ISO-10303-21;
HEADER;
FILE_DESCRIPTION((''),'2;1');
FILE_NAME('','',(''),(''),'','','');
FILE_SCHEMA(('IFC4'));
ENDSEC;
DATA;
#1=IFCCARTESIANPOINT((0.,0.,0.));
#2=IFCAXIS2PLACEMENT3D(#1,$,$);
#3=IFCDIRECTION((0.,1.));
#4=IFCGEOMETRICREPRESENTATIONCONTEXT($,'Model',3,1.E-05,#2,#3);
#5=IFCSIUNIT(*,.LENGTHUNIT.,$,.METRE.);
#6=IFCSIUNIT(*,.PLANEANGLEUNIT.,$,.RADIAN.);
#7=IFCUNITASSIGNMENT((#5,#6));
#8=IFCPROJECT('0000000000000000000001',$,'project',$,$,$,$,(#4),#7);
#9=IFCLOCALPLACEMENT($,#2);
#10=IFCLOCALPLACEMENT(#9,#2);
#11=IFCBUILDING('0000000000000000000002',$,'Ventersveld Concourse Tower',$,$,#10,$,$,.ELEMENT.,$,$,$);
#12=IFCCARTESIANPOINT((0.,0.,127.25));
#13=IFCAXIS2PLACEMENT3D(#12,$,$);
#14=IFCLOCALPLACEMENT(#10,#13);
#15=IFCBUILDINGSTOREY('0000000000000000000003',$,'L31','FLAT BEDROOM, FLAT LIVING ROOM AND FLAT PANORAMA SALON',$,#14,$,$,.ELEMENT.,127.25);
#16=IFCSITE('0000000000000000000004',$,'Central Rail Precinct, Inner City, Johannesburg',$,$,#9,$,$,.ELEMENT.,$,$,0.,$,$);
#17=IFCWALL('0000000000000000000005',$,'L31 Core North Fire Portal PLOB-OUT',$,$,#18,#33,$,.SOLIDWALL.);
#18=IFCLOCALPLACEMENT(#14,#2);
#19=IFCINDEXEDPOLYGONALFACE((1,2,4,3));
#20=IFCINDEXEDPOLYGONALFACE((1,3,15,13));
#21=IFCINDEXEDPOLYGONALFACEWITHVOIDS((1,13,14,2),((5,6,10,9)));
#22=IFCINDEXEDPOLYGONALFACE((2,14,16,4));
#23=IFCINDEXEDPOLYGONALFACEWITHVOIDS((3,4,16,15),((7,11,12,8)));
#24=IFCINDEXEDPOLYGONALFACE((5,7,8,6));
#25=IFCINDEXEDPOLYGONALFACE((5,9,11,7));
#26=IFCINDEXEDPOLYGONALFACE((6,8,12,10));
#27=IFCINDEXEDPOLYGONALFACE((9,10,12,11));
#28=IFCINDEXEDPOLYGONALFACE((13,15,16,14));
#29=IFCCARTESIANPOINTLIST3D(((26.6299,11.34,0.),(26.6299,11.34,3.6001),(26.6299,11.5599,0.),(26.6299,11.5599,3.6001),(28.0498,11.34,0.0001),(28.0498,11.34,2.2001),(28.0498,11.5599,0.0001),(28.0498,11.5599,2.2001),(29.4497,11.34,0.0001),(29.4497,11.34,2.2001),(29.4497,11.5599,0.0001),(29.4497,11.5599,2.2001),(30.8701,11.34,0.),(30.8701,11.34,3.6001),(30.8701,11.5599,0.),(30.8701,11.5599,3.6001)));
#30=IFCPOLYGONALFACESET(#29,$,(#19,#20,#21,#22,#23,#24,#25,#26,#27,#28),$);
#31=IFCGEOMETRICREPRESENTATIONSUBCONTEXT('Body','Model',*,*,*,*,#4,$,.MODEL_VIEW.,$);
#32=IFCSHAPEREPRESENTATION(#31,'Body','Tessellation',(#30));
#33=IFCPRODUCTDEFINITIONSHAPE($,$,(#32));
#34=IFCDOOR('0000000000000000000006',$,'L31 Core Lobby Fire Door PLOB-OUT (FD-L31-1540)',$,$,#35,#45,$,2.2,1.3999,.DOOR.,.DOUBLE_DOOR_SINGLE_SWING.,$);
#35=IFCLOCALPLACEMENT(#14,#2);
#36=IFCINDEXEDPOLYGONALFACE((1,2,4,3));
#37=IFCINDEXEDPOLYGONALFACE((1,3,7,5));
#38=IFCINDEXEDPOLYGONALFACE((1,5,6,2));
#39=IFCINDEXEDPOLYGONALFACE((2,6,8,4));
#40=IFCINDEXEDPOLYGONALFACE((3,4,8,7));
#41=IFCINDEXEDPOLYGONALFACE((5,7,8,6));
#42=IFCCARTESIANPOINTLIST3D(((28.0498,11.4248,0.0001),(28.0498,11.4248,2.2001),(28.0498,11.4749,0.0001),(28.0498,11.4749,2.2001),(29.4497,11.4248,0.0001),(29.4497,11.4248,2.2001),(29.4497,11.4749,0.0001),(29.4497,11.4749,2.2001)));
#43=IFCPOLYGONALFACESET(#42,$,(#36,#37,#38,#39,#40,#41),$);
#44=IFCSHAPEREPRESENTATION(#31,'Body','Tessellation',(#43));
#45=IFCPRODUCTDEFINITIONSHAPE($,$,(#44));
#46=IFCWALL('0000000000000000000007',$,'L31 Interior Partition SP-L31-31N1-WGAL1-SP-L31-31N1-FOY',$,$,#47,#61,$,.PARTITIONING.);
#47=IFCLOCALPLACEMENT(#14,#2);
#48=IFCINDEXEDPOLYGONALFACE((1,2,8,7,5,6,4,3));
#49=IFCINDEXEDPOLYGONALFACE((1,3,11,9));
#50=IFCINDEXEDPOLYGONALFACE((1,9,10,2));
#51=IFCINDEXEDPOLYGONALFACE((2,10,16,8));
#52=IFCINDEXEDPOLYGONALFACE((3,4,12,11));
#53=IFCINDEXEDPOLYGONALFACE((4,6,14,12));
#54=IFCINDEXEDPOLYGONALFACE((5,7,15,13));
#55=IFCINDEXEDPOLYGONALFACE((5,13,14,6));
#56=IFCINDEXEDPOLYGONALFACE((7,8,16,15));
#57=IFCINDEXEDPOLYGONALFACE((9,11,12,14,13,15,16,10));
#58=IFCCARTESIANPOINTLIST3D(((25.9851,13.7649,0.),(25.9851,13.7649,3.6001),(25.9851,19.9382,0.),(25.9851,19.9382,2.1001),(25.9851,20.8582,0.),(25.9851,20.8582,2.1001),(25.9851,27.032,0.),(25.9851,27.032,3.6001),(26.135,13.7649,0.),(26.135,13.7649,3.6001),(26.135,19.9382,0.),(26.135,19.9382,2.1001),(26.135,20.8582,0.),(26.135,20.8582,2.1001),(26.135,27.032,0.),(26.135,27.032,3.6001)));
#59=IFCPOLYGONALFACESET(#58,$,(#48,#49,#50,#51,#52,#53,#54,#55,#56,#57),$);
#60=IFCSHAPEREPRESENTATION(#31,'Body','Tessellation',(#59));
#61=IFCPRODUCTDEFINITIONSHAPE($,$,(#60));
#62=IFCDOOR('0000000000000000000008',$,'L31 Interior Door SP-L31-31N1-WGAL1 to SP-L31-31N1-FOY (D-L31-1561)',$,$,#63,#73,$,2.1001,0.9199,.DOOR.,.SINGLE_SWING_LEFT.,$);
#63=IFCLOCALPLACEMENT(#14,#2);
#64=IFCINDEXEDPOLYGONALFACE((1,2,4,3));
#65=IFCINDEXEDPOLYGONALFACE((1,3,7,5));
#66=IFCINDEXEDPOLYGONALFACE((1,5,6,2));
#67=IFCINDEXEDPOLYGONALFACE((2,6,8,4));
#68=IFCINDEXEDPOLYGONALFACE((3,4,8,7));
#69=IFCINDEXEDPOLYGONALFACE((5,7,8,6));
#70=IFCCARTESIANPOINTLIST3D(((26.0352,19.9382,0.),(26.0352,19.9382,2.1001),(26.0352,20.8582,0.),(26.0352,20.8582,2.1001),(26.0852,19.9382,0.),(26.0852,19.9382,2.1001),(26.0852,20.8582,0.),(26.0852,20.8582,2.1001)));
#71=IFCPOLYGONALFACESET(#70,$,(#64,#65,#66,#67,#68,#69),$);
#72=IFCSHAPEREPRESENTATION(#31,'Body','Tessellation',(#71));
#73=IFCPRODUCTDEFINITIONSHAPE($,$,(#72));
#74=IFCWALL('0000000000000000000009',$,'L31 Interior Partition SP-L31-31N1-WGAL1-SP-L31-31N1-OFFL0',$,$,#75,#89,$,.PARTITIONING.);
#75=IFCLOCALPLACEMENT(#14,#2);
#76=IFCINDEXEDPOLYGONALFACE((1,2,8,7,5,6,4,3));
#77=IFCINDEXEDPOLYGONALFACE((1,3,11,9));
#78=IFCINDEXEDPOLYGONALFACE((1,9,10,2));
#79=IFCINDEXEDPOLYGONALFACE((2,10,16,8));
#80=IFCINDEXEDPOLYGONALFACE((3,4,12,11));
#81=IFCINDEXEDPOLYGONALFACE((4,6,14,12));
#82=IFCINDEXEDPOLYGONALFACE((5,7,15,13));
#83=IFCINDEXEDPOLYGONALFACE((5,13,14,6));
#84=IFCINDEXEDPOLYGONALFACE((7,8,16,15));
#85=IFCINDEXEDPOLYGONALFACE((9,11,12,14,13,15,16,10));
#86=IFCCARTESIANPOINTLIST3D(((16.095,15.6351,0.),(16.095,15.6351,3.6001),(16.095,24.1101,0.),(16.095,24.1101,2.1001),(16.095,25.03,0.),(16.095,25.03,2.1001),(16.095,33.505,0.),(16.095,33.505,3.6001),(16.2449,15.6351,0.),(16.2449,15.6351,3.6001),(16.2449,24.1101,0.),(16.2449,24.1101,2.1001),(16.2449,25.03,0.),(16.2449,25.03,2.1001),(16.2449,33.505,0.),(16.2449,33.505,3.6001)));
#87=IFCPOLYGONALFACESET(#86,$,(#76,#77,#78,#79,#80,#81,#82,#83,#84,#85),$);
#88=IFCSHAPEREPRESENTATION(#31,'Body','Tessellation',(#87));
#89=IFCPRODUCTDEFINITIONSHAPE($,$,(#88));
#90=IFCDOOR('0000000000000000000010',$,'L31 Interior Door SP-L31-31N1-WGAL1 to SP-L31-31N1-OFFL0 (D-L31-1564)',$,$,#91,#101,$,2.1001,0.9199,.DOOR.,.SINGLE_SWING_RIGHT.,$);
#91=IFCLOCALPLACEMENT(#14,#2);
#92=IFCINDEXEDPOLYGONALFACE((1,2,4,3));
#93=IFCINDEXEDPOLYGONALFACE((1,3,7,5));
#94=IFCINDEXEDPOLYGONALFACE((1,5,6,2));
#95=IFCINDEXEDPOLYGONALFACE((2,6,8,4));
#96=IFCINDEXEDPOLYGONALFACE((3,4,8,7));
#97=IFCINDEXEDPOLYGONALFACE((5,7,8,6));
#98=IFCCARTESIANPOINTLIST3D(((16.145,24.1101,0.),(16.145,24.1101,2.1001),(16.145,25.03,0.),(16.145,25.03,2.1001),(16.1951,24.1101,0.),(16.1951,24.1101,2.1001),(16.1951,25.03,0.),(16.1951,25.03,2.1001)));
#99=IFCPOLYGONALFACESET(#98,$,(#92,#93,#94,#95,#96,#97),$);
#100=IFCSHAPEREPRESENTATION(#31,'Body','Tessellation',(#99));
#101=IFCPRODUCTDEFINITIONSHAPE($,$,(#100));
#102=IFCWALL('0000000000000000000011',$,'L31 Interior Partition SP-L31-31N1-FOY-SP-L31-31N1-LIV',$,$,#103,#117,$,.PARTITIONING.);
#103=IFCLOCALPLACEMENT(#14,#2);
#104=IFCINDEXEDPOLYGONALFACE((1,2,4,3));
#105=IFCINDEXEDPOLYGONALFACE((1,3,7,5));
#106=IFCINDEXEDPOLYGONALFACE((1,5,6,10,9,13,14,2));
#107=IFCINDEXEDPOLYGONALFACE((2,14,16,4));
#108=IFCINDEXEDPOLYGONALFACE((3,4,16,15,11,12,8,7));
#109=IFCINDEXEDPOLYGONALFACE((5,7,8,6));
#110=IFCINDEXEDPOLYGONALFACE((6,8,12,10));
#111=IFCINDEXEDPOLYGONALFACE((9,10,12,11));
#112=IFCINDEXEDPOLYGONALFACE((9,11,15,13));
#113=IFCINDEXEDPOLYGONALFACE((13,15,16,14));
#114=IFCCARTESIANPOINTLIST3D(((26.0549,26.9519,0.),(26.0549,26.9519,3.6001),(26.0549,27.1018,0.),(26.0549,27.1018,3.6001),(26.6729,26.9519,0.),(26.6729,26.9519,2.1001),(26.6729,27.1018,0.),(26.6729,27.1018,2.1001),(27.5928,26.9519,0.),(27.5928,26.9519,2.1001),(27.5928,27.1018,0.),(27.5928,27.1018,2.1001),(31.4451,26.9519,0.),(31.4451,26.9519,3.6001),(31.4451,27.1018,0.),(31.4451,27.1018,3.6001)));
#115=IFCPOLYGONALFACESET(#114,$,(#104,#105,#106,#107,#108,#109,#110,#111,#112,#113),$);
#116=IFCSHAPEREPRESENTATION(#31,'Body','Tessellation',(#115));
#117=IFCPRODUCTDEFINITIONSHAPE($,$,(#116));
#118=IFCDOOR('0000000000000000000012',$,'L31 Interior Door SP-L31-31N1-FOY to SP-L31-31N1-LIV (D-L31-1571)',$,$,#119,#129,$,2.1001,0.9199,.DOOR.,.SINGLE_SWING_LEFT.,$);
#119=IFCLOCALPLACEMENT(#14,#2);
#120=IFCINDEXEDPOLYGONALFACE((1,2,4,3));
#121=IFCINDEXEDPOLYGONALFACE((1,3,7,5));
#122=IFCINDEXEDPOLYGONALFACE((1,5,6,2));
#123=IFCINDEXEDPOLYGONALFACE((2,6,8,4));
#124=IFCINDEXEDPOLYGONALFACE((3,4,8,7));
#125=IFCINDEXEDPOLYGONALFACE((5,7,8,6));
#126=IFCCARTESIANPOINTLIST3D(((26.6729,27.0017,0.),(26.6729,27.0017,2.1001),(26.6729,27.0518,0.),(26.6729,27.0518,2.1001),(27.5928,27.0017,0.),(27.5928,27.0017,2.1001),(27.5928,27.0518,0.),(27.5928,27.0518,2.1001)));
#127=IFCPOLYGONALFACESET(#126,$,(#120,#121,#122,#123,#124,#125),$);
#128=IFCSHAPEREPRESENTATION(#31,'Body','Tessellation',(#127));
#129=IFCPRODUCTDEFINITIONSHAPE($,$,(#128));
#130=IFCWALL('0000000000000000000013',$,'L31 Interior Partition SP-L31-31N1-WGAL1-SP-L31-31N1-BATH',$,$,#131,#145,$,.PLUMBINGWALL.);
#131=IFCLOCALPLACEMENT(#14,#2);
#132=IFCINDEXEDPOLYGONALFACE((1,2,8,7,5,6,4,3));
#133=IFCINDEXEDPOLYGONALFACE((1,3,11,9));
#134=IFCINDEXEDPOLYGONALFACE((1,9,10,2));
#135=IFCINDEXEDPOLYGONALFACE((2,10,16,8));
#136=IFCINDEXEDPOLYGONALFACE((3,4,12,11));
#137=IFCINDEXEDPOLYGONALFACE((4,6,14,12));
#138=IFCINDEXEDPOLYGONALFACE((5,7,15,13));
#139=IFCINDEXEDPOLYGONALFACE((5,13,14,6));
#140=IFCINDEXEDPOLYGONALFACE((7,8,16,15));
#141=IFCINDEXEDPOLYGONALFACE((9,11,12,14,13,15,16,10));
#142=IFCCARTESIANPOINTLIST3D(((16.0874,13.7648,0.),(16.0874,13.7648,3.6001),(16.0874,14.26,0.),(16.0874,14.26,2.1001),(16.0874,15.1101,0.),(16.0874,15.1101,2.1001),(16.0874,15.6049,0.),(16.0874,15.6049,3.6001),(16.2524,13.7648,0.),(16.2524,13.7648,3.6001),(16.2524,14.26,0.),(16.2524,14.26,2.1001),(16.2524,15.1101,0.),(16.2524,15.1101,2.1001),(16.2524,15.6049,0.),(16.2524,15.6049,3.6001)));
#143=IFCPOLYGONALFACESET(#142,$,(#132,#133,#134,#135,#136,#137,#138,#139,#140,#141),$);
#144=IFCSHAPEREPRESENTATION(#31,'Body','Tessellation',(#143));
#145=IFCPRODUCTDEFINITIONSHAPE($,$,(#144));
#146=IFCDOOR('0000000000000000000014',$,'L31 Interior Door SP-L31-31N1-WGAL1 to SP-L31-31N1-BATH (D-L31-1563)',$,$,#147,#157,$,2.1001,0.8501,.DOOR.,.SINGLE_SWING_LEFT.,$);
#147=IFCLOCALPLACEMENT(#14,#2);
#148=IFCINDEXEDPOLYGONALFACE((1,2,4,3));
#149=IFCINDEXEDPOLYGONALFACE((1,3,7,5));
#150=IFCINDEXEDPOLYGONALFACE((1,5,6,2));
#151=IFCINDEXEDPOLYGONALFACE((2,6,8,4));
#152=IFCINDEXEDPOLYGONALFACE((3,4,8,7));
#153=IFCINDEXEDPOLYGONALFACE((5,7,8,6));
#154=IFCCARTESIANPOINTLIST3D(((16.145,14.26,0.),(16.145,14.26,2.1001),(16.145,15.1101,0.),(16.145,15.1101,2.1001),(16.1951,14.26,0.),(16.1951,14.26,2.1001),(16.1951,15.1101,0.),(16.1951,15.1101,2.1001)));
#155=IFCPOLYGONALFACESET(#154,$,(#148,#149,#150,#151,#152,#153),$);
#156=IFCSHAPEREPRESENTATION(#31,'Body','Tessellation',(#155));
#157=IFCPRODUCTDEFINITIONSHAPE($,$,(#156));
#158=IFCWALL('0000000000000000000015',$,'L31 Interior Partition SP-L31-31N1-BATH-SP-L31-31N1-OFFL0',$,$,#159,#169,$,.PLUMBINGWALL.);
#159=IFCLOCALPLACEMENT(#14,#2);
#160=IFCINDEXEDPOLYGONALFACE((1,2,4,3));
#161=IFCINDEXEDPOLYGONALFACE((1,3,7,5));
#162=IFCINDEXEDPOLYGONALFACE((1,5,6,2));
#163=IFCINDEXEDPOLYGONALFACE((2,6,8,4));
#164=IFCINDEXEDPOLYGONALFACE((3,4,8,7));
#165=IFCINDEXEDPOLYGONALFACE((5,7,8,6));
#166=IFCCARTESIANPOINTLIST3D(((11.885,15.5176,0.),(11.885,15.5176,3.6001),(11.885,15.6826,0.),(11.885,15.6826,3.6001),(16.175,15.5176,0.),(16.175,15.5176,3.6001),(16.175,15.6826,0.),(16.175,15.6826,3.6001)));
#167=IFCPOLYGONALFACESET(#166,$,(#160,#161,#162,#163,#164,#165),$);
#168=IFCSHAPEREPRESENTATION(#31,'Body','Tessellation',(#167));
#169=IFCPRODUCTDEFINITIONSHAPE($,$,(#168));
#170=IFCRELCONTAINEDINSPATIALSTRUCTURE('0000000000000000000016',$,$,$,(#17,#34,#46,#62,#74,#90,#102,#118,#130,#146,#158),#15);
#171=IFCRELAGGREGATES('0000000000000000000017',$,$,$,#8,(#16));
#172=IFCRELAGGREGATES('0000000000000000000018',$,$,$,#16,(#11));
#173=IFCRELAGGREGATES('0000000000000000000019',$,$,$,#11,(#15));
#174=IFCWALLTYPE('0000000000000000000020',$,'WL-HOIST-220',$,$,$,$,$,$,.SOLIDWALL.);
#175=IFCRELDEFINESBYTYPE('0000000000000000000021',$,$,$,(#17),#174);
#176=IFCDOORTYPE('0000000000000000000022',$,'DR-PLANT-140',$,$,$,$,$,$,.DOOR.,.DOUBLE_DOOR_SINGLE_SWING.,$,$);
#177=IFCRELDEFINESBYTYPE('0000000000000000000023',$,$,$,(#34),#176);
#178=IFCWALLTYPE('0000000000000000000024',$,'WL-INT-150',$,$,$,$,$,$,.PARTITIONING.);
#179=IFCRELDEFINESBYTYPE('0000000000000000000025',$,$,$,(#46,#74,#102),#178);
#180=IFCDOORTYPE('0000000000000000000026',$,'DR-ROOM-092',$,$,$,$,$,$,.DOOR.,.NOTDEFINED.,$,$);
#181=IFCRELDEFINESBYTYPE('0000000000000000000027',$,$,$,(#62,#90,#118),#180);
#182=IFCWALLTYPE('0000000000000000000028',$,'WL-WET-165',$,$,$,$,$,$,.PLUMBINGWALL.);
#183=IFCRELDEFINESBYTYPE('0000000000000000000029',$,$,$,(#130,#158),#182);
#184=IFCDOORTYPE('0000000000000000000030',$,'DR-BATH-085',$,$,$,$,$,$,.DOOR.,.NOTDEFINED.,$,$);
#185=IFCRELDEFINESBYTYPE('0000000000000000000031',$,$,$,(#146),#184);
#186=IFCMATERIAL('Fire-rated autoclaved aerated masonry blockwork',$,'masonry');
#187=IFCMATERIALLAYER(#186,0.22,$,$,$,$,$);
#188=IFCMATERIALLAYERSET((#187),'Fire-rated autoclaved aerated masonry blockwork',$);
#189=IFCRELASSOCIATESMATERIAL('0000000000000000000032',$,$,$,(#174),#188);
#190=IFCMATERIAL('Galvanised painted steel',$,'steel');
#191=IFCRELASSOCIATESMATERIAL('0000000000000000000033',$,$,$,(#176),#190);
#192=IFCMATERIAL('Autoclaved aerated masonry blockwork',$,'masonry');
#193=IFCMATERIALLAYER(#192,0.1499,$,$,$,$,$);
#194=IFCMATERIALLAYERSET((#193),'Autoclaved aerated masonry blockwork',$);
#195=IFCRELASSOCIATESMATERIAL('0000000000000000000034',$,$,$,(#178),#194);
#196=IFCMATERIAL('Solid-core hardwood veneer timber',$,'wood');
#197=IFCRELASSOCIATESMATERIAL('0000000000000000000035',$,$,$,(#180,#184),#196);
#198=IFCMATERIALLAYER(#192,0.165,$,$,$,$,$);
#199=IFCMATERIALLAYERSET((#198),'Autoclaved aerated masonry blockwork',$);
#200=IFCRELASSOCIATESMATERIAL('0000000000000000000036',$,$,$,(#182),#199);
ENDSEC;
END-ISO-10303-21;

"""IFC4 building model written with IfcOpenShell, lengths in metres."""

from ifc_helpers import new_model, si_unit, direction, frame, frame_2d, origin, place, context, subcontext, project, spatial, rectangle, extrude, material, layer, layer_set, type_object, element, fill, save


model = new_model("IFC4")

# Units and contexts
model_context = context("Model", 3, precision=1e-05, world=origin(), true_north=direction((0.0, 1.0)))
body_context = subcontext(model_context, "Body", "Model", "MODEL_VIEW")
ifc_project = project(units=[si_unit("LENGTHUNIT", "METRE"), si_unit("PLANEANGLEUNIT", "RADIAN")], contexts=[model_context])

# Site, building, storey
site_placement = place(None, origin())
site = spatial("IfcSite", under=ifc_project, at=site_placement, Name="Central Rail Precinct, Inner City, Johannesburg", CompositionType="ELEMENT", RefElevation=0.0)
building_placement = place(site_placement, origin())
building = spatial("IfcBuilding", under=site, at=building_placement, Name="Ventersveld Concourse Tower", CompositionType="ELEMENT")
storey_placement = place(building_placement, frame((0.0, 0.0, 127.25)))
storey = spatial("IfcBuildingStorey", under=building, at=storey_placement, Name="L31", Description="FLAT BEDROOM, FLAT LIVING ROOM AND FLAT PANORAMA SALON", CompositionType="ELEMENT", Elevation=127.25)

# Shared definitions
ifc_material_1 = material(Name="Fire-rated autoclaved aerated masonry blockwork", Category="masonry")
ifc_material_2 = material(Name="Solid-core hardwood veneer timber", Category="wood")

# Walls, openings, doors
ifc_layer_1 = layer(ifc_material_1, 0.22)
ifc_layer_set_1 = layer_set([ifc_layer_1], Name="Fire-rated autoclaved aerated masonry blockwork")
wall_type_1 = type_object("IfcWallType", Name="WL-HOIST-220", PredefinedType="SOLIDWALL", material=ifc_layer_set_1)
wall_1_placement = place(storey_placement, frame((26.6299, 11.45, 0.0), z_axis=(0.0, 0.0, 1.0), x_axis=(1.0, 0.0, 0.0)))
wall_1 = element("IfcWall", 1, at=wall_1_placement, inside=storey, type_object=wall_type_1, Name="L31 Core North Fire Portal PLOB-OUT", PredefinedType="SOLIDWALL", context=body_context, shape_type="SweptSolid", body=[
    extrude(rectangle(XDim=4.2402, YDim=0.22, at=frame_2d((2.1201, 0.0))), origin(), (0.0, 0.0, 1.0), 3.6001),
])
opening_1_placement = place(wall_1_placement, frame((1.4199, 0.0, 0.0)))
opening_1 = element("IfcOpeningElement", 2, at=opening_1_placement, cuts=wall_1, PredefinedType="OPENING", context=body_context, shape_type="SweptSolid", body=[
    extrude(rectangle(XDim=1.3999, YDim=2.2, at=frame_2d((0.7, 1.1001))), frame((0.0, 0.1201, 0.0), z_axis=(0.0, -1.0, 0.0), x_axis=(1.0, 0.0, 0.0)), (0.0, 0.0, 1.0), 0.24),
])
ifc_material_3 = material(Name="Galvanised painted steel", Category="steel")
door_type_1 = type_object("IfcDoorType", Name="DR-PLANT-140", OperationType="DOUBLE_DOOR_SINGLE_SWING", PredefinedType="DOOR", material=ifc_material_3)
door_1_placement = place(opening_1_placement, origin())
door_1 = element("IfcDoor", 3, at=door_1_placement, inside=storey, type_object=door_type_1, Name="L31 Core Lobby Fire Door PLOB-OUT (FD-L31-1540)", OperationType="DOUBLE_DOOR_SINGLE_SWING", OverallHeight=2.2, OverallWidth=1.3999, PredefinedType="DOOR", context=body_context, shape_type="SweptSolid", body=[
    extrude(rectangle(XDim=1.3999, YDim=2.2, at=frame_2d((0.7, 1.1001))), frame((0.0, 0.0249, 0.0), z_axis=(0.0, -1.0, 0.0), x_axis=(1.0, 0.0, 0.0)), (0.0, 0.0, 1.0), 0.05),
])
fill(opening_1, door_1)
ifc_material_4 = material(Name="Autoclaved aerated masonry blockwork", Category="masonry")
ifc_layer_2 = layer(ifc_material_4, 0.1499)
ifc_layer_set_2 = layer_set([ifc_layer_2], Name="Autoclaved aerated masonry blockwork")
wall_type_2 = type_object("IfcWallType", Name="WL-INT-150", PredefinedType="PARTITIONING", material=ifc_layer_set_2)
wall_2_placement = place(storey_placement, frame((26.0601, 13.7649, 0.0), z_axis=(0.0, 0.0, 1.0), x_axis=(0.0, 1.0, 0.0)))
wall_2 = element("IfcWall", 4, at=wall_2_placement, inside=storey, type_object=wall_type_2, Name="L31 Interior Partition SP-L31-31N1-WGAL1-SP-L31-31N1-FOY", PredefinedType="PARTITIONING", context=body_context, shape_type="SweptSolid", body=[
    extrude(rectangle(XDim=13.2671, YDim=0.1499, at=frame_2d((6.6335, 0.0))), origin(), (0.0, 0.0, 1.0), 3.6001),
])
opening_2_placement = place(wall_2_placement, frame((6.1733, 0.0, 0.0)))
opening_2 = element("IfcOpeningElement", 5, at=opening_2_placement, cuts=wall_2, PredefinedType="OPENING", context=body_context, shape_type="SweptSolid", body=[
    extrude(rectangle(XDim=0.9199, YDim=2.1001, at=frame_2d((0.46, 1.05))), frame((0.0, 0.085, 0.0), z_axis=(0.0, -1.0, 0.0), x_axis=(1.0, 0.0, 0.0)), (0.0, 0.0, 1.0), 0.1699),
])
door_type_2 = type_object("IfcDoorType", Name="DR-ROOM-092", OperationType="NOTDEFINED", PredefinedType="DOOR", material=ifc_material_2)
door_2_placement = place(opening_2_placement, origin())
door_2 = element("IfcDoor", 6, at=door_2_placement, inside=storey, type_object=door_type_2, Name="L31 Interior Door SP-L31-31N1-WGAL1 to SP-L31-31N1-FOY (D-L31-1561)", OperationType="SINGLE_SWING_LEFT", OverallHeight=2.1001, OverallWidth=0.9199, PredefinedType="DOOR", context=body_context, shape_type="SweptSolid", body=[
    extrude(rectangle(XDim=0.9199, YDim=2.1001, at=frame_2d((0.46, 1.05))), frame((0.0, 0.0249, 0.0), z_axis=(0.0, -1.0, 0.0), x_axis=(1.0, 0.0, 0.0)), (0.0, 0.0, 1.0), 0.05),
])
fill(opening_2, door_2)
wall_3_placement = place(storey_placement, frame((16.1699, 15.635, 0.0), z_axis=(0.0, 0.0, 1.0), x_axis=(0.0, 1.0, 0.0)))
wall_3 = element("IfcWall", 7, at=wall_3_placement, inside=storey, type_object=wall_type_2, Name="L31 Interior Partition SP-L31-31N1-WGAL1-SP-L31-31N1-OFFL0", PredefinedType="PARTITIONING", context=body_context, shape_type="SweptSolid", body=[
    extrude(rectangle(XDim=17.8699, YDim=0.1499, at=frame_2d((8.9351, 0.0))), origin(), (0.0, 0.0, 1.0), 3.6001),
])
opening_3_placement = place(wall_3_placement, frame((8.4751, 0.0, 0.0)))
opening_3 = element("IfcOpeningElement", 8, at=opening_3_placement, cuts=wall_3, PredefinedType="OPENING", context=body_context, shape_type="SweptSolid", body=[
    extrude(rectangle(XDim=0.9199, YDim=2.1001, at=frame_2d((0.46, 1.05))), frame((0.0, 0.085, 0.0), z_axis=(0.0, -1.0, 0.0), x_axis=(1.0, 0.0, 0.0)), (0.0, 0.0, 1.0), 0.1699),
])
door_3_placement = place(opening_3_placement, origin())
door_3 = element("IfcDoor", 9, at=door_3_placement, inside=storey, type_object=door_type_2, Name="L31 Interior Door SP-L31-31N1-WGAL1 to SP-L31-31N1-OFFL0 (D-L31-1564)", OperationType="SINGLE_SWING_RIGHT", OverallHeight=2.1001, OverallWidth=0.9199, PredefinedType="DOOR", context=body_context, shape_type="SweptSolid", body=[
    extrude(rectangle(XDim=0.9199, YDim=2.1001, at=frame_2d((0.46, 1.05))), frame((0.0, 0.0249, 0.0), z_axis=(0.0, -1.0, 0.0), x_axis=(1.0, 0.0, 0.0)), (0.0, 0.0, 1.0), 0.05),
])
fill(opening_3, door_3)
wall_4_placement = place(storey_placement, frame((26.0549, 27.0269, 0.0), z_axis=(0.0, 0.0, 1.0), x_axis=(1.0, 0.0, 0.0)))
wall_4 = element("IfcWall", 10, at=wall_4_placement, inside=storey, type_object=wall_type_2, Name="L31 Interior Partition SP-L31-31N1-FOY-SP-L31-31N1-LIV", PredefinedType="PARTITIONING", context=body_context, shape_type="SweptSolid", body=[
    extrude(rectangle(XDim=5.3901, YDim=0.1499, at=frame_2d((2.6951, 0.0))), origin(), (0.0, 0.0, 1.0), 3.6001),
])
opening_4_placement = place(wall_4_placement, frame((0.6179, 0.0, 0.0)))
opening_4 = element("IfcOpeningElement", 11, at=opening_4_placement, cuts=wall_4, PredefinedType="OPENING", context=body_context, shape_type="SweptSolid", body=[
    extrude(rectangle(XDim=0.9199, YDim=2.1001, at=frame_2d((0.46, 1.05))), frame((0.0, 0.085, 0.0), z_axis=(0.0, -1.0, 0.0), x_axis=(1.0, 0.0, 0.0)), (0.0, 0.0, 1.0), 0.1699),
])
door_4_placement = place(opening_4_placement, origin())
door_4 = element("IfcDoor", 12, at=door_4_placement, inside=storey, type_object=door_type_2, Name="L31 Interior Door SP-L31-31N1-FOY to SP-L31-31N1-LIV (D-L31-1571)", OperationType="SINGLE_SWING_LEFT", OverallHeight=2.1001, OverallWidth=0.9199, PredefinedType="DOOR", context=body_context, shape_type="SweptSolid", body=[
    extrude(rectangle(XDim=0.9199, YDim=2.1001, at=frame_2d((0.46, 1.05))), frame((0.0, 0.0249, 0.0), z_axis=(0.0, -1.0, 0.0), x_axis=(1.0, 0.0, 0.0)), (0.0, 0.0, 1.0), 0.05),
])
fill(opening_4, door_4)
ifc_layer_3 = layer(ifc_material_4, 0.165)
ifc_layer_set_3 = layer_set([ifc_layer_3], Name="Autoclaved aerated masonry blockwork")
wall_type_3 = type_object("IfcWallType", Name="WL-WET-165", PredefinedType="PLUMBINGWALL", material=ifc_layer_set_3)
wall_5_placement = place(storey_placement, frame((16.1699, 13.7649, 0.0), z_axis=(0.0, 0.0, 1.0), x_axis=(0.0, 1.0, 0.0)))
wall_5 = element("IfcWall", 13, at=wall_5_placement, inside=storey, type_object=wall_type_3, Name="L31 Interior Partition SP-L31-31N1-WGAL1-SP-L31-31N1-BATH", PredefinedType="PLUMBINGWALL", context=body_context, shape_type="SweptSolid", body=[
    extrude(rectangle(XDim=1.8401, YDim=0.165, at=frame_2d((0.9199, 0.0))), origin(), (0.0, 0.0, 1.0), 3.6001),
])
opening_5_placement = place(wall_5_placement, frame((0.4951, 0.0, 0.0)))
opening_5 = element("IfcOpeningElement", 14, at=opening_5_placement, cuts=wall_5, PredefinedType="OPENING", context=body_context, shape_type="SweptSolid", body=[
    extrude(rectangle(XDim=0.8501, YDim=2.1001, at=frame_2d((0.425, 1.05))), frame((0.0, 0.0925, 0.0), z_axis=(0.0, -1.0, 0.0), x_axis=(1.0, 0.0, 0.0)), (0.0, 0.0, 1.0), 0.1851),
])
door_type_3 = type_object("IfcDoorType", Name="DR-BATH-085", OperationType="NOTDEFINED", PredefinedType="DOOR", material=ifc_material_2)
door_5_placement = place(opening_5_placement, origin())
door_5 = element("IfcDoor", 15, at=door_5_placement, inside=storey, type_object=door_type_3, Name="L31 Interior Door SP-L31-31N1-WGAL1 to SP-L31-31N1-BATH (D-L31-1563)", OperationType="SINGLE_SWING_LEFT", OverallHeight=2.1001, OverallWidth=0.8501, PredefinedType="DOOR", context=body_context, shape_type="SweptSolid", body=[
    extrude(rectangle(XDim=0.8501, YDim=2.1001, at=frame_2d((0.425, 1.05))), frame((0.0, 0.0249, 0.0), z_axis=(0.0, -1.0, 0.0), x_axis=(1.0, 0.0, 0.0)), (0.0, 0.0, 1.0), 0.05),
])
fill(opening_5, door_5)

# Wall
wall_6_placement = place(storey_placement, frame((11.885, 15.6001, 0.0), z_axis=(0.0, 0.0, 1.0), x_axis=(1.0, 0.0, 0.0)))
element("IfcWall", 16, at=wall_6_placement, inside=storey, type_object=wall_type_3, Name="L31 Interior Partition SP-L31-31N1-BATH-SP-L31-31N1-OFFL0", PredefinedType="PLUMBINGWALL", context=body_context, shape_type="SweptSolid", body=[
    extrude(rectangle(XDim=4.29, YDim=0.165, at=frame_2d((2.145, 0.0))), origin(), (0.0, 0.0, 1.0), 3.6001),
])

save(model, "model.ifc")
